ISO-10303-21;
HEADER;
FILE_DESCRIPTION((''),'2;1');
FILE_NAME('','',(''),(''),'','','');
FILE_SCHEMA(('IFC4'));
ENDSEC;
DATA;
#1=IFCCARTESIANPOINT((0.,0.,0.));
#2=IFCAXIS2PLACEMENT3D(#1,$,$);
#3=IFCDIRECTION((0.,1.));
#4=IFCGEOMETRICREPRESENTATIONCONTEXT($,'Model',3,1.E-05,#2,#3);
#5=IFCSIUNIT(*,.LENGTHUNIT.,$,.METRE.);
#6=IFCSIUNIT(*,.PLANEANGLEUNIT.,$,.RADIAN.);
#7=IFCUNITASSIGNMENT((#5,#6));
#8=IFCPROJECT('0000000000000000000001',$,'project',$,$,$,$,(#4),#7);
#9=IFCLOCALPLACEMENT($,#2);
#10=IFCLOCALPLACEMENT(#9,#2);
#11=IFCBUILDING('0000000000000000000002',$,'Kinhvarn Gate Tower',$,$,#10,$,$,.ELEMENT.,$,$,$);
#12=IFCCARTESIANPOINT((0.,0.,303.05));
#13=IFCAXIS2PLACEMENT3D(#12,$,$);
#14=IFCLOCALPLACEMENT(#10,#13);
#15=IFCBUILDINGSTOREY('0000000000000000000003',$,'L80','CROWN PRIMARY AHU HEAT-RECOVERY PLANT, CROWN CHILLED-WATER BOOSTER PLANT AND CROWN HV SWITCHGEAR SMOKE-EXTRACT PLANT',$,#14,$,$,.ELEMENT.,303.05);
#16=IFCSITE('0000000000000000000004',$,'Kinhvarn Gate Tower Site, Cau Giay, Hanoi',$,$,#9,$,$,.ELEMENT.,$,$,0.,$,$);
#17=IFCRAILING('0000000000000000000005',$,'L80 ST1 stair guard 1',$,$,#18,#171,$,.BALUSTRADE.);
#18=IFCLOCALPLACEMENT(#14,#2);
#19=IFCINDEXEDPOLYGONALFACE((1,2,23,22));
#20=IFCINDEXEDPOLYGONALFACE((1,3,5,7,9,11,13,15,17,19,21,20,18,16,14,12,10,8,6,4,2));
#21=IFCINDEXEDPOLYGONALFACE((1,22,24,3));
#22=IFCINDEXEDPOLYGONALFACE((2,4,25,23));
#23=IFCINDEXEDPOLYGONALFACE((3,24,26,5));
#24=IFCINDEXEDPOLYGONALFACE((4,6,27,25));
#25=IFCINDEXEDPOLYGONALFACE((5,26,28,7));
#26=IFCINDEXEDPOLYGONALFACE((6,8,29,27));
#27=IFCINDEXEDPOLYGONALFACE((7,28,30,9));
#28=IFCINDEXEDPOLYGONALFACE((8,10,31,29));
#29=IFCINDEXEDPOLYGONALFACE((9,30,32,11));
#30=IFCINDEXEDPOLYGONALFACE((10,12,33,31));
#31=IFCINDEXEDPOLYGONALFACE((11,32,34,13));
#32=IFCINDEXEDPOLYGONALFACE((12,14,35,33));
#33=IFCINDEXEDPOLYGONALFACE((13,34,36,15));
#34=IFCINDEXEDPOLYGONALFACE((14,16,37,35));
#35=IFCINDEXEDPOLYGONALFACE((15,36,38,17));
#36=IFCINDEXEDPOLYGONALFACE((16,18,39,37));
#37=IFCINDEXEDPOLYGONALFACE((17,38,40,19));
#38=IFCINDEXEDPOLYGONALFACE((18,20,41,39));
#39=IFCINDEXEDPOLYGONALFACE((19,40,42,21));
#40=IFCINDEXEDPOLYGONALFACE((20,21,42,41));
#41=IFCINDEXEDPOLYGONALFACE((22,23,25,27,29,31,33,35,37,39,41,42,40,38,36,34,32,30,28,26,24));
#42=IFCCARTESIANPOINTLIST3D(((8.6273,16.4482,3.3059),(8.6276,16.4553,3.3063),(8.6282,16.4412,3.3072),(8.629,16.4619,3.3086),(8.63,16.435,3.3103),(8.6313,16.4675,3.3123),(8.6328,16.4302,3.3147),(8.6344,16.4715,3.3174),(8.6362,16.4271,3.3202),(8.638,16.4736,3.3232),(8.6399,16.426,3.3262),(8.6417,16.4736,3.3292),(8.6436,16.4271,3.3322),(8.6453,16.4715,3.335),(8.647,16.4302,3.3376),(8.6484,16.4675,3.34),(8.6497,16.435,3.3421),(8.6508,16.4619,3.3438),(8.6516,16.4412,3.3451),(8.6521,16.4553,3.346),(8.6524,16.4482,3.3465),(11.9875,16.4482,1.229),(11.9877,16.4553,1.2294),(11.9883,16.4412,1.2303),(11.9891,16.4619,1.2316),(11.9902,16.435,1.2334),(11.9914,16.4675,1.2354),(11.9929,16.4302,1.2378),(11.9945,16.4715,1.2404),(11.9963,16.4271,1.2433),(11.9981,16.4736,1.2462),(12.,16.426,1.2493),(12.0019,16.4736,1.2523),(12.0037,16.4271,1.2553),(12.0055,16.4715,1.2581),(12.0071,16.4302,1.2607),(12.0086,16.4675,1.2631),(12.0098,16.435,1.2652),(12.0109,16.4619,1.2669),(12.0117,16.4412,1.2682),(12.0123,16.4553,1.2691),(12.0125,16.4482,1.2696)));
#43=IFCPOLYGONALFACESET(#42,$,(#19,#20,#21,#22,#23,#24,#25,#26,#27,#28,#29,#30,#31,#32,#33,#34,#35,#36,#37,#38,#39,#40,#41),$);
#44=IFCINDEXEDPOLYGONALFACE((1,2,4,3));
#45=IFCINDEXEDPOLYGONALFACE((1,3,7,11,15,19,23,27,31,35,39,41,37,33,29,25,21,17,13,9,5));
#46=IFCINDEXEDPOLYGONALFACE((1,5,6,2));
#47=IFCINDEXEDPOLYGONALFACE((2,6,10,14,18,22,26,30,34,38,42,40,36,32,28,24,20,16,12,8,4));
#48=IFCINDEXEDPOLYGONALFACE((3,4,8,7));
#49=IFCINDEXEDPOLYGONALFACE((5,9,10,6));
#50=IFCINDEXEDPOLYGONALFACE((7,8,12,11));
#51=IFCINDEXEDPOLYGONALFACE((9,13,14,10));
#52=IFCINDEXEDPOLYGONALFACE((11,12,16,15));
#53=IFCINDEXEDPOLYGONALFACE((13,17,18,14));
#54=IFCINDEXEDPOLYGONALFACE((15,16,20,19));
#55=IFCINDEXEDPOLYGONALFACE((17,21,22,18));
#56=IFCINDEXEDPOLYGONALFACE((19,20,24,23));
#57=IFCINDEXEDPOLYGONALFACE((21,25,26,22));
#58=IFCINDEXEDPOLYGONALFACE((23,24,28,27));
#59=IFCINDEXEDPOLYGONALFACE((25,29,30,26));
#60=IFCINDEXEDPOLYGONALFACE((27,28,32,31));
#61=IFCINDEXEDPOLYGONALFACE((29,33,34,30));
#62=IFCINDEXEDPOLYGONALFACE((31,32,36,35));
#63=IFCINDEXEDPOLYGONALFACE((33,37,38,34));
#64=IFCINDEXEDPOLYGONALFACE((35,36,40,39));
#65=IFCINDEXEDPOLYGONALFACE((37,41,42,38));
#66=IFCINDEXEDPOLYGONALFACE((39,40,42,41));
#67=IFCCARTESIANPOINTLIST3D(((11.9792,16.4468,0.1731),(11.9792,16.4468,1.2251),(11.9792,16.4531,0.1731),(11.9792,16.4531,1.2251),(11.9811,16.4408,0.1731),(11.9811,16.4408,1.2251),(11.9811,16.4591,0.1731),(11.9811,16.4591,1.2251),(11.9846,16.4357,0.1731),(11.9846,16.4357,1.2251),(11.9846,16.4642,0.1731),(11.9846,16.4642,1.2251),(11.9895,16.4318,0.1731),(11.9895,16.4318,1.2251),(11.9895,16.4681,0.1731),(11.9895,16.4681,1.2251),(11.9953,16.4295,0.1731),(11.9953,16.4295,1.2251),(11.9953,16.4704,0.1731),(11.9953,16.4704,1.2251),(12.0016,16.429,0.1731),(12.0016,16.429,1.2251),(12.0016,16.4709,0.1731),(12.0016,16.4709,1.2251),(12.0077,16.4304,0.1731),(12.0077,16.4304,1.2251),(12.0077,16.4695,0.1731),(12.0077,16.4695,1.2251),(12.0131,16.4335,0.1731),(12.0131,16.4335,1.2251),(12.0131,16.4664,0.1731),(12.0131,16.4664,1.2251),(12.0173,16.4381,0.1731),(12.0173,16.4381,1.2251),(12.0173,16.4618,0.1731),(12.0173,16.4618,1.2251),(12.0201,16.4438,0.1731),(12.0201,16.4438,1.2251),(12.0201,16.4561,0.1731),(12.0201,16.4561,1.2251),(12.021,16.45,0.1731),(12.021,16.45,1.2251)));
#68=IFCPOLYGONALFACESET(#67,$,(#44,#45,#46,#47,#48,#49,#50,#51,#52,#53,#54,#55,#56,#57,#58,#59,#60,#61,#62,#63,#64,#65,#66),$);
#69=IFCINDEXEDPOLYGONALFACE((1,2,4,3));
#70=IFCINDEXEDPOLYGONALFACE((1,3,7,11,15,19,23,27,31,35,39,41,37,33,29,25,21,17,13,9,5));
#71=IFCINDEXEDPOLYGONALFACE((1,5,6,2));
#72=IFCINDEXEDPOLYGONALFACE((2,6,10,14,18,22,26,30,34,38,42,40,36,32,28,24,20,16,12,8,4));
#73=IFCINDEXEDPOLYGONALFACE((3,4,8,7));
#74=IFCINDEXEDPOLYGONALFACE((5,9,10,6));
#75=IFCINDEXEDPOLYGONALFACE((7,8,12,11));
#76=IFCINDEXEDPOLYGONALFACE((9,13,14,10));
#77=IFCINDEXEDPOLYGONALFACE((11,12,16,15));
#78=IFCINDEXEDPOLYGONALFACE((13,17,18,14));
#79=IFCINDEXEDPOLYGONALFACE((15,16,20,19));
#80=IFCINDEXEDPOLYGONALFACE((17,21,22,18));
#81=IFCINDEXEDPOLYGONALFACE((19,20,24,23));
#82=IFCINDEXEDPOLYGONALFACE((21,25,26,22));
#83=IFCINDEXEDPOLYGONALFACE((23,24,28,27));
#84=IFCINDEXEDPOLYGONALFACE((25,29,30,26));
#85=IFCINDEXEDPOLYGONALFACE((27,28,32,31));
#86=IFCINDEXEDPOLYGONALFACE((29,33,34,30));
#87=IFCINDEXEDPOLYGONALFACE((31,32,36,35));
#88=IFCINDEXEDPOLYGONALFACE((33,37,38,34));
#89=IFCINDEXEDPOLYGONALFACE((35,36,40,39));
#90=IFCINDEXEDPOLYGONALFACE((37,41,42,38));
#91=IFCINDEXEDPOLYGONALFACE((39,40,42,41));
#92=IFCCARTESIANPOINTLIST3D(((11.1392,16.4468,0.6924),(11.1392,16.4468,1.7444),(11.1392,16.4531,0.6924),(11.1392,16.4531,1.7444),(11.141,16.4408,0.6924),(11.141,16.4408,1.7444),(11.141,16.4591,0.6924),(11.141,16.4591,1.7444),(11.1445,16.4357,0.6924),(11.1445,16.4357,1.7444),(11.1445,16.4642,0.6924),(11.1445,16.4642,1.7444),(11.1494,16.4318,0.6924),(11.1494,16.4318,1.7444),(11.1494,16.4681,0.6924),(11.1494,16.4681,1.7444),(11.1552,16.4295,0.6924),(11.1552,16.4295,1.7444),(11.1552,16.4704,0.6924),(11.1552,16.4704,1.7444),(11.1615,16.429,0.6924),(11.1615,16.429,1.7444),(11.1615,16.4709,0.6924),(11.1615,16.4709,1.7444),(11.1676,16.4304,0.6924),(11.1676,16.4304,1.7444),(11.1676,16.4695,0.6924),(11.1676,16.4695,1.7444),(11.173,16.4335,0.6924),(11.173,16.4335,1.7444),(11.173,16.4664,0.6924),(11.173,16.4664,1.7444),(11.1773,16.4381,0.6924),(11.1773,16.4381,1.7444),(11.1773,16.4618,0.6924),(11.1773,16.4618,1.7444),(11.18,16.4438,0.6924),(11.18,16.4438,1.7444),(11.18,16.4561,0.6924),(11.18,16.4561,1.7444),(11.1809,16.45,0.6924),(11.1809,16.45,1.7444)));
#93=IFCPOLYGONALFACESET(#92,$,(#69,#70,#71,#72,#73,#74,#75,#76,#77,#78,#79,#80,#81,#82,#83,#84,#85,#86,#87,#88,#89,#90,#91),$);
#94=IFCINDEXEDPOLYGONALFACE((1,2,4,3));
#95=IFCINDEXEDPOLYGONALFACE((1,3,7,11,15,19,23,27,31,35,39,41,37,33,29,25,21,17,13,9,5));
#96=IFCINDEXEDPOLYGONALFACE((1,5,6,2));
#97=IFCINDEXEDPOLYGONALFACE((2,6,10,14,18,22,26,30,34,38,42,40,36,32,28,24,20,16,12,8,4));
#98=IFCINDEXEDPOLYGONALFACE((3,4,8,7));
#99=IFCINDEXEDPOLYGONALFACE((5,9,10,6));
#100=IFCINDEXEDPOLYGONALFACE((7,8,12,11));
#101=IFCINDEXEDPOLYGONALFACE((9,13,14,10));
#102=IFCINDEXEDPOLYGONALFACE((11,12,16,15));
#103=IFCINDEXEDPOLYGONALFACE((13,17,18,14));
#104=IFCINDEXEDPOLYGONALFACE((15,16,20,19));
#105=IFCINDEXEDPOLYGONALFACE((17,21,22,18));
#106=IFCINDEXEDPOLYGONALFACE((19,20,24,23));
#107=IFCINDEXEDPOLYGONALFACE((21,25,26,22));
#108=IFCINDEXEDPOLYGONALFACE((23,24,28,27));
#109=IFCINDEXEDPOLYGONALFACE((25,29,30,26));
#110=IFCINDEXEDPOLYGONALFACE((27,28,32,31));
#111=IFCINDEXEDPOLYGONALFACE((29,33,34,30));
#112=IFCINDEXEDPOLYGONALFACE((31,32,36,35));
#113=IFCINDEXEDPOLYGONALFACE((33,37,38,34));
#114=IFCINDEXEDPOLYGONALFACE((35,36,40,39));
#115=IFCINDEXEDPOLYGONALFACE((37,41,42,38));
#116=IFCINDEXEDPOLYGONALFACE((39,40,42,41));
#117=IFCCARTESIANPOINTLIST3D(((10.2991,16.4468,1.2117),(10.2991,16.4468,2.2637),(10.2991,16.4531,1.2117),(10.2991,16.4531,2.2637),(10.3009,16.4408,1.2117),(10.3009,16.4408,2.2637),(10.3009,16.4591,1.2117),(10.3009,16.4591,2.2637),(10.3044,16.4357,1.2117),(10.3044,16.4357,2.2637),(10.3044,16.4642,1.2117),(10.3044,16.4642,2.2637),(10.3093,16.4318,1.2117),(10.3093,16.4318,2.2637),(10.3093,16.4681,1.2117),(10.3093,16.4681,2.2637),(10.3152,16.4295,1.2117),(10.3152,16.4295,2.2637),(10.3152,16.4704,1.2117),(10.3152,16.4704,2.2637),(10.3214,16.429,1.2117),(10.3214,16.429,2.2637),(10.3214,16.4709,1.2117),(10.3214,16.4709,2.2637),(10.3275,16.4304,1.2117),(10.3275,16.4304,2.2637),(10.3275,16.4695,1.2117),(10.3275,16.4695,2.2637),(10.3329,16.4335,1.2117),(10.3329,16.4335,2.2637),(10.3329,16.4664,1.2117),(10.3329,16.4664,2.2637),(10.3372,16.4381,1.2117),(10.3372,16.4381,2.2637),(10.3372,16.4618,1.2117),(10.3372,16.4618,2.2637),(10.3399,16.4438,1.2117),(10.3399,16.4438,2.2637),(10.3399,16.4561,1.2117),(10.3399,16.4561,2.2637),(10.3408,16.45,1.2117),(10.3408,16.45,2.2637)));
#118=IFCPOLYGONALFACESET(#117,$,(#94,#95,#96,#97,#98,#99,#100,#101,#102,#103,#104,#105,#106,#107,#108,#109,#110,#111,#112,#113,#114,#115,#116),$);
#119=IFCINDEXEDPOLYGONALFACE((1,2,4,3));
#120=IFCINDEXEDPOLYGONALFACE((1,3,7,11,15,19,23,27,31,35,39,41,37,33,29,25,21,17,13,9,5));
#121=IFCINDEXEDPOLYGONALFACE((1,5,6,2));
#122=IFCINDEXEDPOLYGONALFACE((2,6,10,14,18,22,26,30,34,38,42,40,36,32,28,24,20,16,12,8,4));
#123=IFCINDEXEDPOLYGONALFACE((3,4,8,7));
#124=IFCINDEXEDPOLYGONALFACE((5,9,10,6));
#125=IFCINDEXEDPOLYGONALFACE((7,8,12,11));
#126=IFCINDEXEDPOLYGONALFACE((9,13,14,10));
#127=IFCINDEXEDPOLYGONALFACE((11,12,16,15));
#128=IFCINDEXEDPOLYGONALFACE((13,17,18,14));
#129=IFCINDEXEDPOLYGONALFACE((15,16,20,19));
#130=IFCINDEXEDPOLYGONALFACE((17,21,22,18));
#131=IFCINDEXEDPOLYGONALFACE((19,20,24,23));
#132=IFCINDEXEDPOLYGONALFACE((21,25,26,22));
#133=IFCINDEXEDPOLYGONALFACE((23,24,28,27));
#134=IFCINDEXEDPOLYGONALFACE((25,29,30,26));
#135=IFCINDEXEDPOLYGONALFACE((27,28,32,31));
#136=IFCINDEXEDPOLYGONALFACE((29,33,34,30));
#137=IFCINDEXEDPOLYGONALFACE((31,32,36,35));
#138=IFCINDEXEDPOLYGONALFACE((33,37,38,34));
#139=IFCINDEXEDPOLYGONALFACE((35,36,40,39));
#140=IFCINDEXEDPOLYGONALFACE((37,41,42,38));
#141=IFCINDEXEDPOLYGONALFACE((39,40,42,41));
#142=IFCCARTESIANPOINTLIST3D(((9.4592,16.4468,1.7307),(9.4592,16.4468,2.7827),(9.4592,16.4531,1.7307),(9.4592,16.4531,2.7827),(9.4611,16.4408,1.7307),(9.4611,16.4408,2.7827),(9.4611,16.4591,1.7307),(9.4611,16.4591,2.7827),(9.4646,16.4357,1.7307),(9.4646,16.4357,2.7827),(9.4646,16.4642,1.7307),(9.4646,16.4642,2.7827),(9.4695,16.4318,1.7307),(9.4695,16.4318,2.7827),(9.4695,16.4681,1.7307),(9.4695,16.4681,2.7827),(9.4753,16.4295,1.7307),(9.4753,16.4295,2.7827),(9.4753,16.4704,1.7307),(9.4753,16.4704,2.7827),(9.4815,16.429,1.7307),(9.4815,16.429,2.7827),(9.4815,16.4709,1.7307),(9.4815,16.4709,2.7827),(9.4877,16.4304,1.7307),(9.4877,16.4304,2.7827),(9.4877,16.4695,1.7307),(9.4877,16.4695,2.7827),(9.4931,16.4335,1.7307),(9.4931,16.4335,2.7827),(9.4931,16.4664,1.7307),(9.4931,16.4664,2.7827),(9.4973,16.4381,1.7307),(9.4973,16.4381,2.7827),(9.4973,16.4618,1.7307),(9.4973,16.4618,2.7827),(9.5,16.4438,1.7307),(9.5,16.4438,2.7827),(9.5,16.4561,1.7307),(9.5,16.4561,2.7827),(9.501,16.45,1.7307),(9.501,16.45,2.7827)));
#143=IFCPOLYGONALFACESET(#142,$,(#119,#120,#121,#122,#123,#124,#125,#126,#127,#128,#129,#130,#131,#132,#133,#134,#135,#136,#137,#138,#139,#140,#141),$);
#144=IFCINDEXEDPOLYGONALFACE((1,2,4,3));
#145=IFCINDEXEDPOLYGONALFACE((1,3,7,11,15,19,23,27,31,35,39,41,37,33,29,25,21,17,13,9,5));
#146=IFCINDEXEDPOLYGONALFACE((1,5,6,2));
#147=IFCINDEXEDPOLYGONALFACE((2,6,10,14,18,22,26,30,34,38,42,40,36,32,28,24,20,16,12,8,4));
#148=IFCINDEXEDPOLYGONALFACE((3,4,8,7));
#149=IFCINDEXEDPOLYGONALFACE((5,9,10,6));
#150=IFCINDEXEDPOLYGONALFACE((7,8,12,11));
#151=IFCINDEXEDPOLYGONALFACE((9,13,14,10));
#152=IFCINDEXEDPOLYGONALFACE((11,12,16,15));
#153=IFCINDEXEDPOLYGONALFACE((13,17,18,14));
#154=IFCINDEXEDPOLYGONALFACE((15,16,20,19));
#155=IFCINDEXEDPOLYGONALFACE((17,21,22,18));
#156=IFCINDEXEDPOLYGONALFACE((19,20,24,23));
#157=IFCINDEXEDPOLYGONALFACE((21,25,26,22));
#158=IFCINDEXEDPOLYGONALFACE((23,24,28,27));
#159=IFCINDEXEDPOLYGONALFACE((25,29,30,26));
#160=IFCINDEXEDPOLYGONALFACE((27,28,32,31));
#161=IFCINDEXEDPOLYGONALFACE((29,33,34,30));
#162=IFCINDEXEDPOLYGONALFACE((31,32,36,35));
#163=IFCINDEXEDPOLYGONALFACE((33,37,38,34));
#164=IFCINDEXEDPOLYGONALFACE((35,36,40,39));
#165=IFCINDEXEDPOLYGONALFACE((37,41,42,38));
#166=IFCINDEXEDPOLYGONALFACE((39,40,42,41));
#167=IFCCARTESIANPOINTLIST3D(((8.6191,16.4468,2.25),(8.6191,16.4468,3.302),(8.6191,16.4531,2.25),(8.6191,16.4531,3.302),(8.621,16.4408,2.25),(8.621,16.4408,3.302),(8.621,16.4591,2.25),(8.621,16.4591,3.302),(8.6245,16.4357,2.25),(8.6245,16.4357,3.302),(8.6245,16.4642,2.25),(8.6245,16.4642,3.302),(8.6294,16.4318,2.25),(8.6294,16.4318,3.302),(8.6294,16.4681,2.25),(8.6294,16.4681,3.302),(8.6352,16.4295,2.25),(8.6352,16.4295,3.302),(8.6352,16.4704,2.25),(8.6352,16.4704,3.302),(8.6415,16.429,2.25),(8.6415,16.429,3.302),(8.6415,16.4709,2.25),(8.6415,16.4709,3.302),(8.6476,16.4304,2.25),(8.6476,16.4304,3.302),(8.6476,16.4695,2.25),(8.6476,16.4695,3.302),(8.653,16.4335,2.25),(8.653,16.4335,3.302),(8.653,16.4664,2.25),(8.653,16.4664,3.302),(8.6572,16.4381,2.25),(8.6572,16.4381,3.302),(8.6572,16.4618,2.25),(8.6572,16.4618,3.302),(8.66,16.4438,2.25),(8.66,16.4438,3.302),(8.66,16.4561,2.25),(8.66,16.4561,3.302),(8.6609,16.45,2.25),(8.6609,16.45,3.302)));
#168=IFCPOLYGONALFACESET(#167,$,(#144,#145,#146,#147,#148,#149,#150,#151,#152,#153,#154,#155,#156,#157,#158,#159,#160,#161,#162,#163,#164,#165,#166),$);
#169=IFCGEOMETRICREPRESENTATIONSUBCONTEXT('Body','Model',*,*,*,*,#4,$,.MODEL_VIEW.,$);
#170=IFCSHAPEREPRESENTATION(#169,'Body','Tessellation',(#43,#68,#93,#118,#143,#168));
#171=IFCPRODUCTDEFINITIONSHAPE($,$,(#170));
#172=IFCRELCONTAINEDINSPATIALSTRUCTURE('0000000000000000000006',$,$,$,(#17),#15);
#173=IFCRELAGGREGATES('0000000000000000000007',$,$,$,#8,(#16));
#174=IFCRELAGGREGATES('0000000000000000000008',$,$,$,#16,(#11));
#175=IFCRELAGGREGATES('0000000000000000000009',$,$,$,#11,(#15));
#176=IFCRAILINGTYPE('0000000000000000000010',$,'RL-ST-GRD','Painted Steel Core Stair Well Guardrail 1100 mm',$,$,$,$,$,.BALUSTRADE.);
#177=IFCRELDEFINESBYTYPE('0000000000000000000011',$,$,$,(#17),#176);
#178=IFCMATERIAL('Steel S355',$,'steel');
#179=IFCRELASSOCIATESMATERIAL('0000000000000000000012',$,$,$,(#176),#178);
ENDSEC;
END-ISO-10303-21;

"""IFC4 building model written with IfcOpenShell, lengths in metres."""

from ifc_helpers import new_model, si_unit, direction, frame, origin, origin_2d, place, context, subcontext, project, spatial, circle, extrude, material, type_object, element, save


model = new_model("IFC4")

# Units and contexts
model_context = context("Model", 3, precision=1e-05, world=origin(), true_north=direction((0.0, 1.0)))
body_context = subcontext(model_context, "Body", "Model", "MODEL_VIEW")
ifc_project = project(units=[si_unit("LENGTHUNIT", "METRE"), si_unit("PLANEANGLEUNIT", "RADIAN")], contexts=[model_context])

# Site, building, storey
site_placement = place(None, origin())
site = spatial("IfcSite", under=ifc_project, at=site_placement, Name="Kinhvarn Gate Tower Site, Cau Giay, Hanoi", CompositionType="ELEMENT", RefElevation=0.0)
building_placement = place(site_placement, origin())
building = spatial("IfcBuilding", under=site, at=building_placement, Name="Kinhvarn Gate Tower", CompositionType="ELEMENT")
storey_placement = place(building_placement, frame((0.0, 0.0, 303.05)))
storey = spatial("IfcBuildingStorey", under=building, at=storey_placement, Name="L80", Description="CROWN PRIMARY AHU HEAT-RECOVERY PLANT, CROWN CHILLED-WATER BOOSTER PLANT AND CROWN HV SWITCHGEAR SMOKE-EXTRACT PLANT", CompositionType="ELEMENT", Elevation=303.05)

# Railing
ifc_material_1 = material(Name="Steel S355", Category="steel")
railing_type_1 = type_object("IfcRailingType", Name="RL-ST-GRD", Description="Painted Steel Core Stair Well Guardrail 1100 mm", PredefinedType="BALUSTRADE", material=ifc_material_1)
railing_1_placement = place(storey_placement, frame((12.0, 16.45, 0.1731)))
element("IfcRailing", 1, at=railing_1_placement, inside=storey, type_object=railing_type_1, Name="L80 ST1 stair guard 1", PredefinedType="BALUSTRADE", context=body_context, shape_type="SweptSolid", body=[
    extrude(circle(Radius=0.0239, at=origin_2d()), frame((0.0, 0.0, 1.0762), z_axis=(-0.850623, 0.0, 0.525776), x_axis=(0.0, -1.0, 0.0)), (0.0, 0.0, 1.0), 3.9502),
    extrude(circle(Radius=0.021, at=origin_2d()), origin(), (0.0, 0.0, 1.0), 1.052),
    extrude(circle(Radius=0.021, at=origin_2d()), frame((-0.8401, 0.0, 0.5193)), (0.0, 0.0, 1.0), 1.052),
    extrude(circle(Radius=0.021, at=origin_2d()), frame((-1.6802, 0.0, 1.0386)), (0.0, 0.0, 1.0), 1.052),
    extrude(circle(Radius=0.021, at=origin_2d()), frame((-2.52, 0.0, 1.5576)), (0.0, 0.0, 1.0), 1.052),
    extrude(circle(Radius=0.021, at=origin_2d()), frame((-3.3601, 0.0, 2.0769)), (0.0, 0.0, 1.0), 1.052),
])

save(model, "model.ifc")
